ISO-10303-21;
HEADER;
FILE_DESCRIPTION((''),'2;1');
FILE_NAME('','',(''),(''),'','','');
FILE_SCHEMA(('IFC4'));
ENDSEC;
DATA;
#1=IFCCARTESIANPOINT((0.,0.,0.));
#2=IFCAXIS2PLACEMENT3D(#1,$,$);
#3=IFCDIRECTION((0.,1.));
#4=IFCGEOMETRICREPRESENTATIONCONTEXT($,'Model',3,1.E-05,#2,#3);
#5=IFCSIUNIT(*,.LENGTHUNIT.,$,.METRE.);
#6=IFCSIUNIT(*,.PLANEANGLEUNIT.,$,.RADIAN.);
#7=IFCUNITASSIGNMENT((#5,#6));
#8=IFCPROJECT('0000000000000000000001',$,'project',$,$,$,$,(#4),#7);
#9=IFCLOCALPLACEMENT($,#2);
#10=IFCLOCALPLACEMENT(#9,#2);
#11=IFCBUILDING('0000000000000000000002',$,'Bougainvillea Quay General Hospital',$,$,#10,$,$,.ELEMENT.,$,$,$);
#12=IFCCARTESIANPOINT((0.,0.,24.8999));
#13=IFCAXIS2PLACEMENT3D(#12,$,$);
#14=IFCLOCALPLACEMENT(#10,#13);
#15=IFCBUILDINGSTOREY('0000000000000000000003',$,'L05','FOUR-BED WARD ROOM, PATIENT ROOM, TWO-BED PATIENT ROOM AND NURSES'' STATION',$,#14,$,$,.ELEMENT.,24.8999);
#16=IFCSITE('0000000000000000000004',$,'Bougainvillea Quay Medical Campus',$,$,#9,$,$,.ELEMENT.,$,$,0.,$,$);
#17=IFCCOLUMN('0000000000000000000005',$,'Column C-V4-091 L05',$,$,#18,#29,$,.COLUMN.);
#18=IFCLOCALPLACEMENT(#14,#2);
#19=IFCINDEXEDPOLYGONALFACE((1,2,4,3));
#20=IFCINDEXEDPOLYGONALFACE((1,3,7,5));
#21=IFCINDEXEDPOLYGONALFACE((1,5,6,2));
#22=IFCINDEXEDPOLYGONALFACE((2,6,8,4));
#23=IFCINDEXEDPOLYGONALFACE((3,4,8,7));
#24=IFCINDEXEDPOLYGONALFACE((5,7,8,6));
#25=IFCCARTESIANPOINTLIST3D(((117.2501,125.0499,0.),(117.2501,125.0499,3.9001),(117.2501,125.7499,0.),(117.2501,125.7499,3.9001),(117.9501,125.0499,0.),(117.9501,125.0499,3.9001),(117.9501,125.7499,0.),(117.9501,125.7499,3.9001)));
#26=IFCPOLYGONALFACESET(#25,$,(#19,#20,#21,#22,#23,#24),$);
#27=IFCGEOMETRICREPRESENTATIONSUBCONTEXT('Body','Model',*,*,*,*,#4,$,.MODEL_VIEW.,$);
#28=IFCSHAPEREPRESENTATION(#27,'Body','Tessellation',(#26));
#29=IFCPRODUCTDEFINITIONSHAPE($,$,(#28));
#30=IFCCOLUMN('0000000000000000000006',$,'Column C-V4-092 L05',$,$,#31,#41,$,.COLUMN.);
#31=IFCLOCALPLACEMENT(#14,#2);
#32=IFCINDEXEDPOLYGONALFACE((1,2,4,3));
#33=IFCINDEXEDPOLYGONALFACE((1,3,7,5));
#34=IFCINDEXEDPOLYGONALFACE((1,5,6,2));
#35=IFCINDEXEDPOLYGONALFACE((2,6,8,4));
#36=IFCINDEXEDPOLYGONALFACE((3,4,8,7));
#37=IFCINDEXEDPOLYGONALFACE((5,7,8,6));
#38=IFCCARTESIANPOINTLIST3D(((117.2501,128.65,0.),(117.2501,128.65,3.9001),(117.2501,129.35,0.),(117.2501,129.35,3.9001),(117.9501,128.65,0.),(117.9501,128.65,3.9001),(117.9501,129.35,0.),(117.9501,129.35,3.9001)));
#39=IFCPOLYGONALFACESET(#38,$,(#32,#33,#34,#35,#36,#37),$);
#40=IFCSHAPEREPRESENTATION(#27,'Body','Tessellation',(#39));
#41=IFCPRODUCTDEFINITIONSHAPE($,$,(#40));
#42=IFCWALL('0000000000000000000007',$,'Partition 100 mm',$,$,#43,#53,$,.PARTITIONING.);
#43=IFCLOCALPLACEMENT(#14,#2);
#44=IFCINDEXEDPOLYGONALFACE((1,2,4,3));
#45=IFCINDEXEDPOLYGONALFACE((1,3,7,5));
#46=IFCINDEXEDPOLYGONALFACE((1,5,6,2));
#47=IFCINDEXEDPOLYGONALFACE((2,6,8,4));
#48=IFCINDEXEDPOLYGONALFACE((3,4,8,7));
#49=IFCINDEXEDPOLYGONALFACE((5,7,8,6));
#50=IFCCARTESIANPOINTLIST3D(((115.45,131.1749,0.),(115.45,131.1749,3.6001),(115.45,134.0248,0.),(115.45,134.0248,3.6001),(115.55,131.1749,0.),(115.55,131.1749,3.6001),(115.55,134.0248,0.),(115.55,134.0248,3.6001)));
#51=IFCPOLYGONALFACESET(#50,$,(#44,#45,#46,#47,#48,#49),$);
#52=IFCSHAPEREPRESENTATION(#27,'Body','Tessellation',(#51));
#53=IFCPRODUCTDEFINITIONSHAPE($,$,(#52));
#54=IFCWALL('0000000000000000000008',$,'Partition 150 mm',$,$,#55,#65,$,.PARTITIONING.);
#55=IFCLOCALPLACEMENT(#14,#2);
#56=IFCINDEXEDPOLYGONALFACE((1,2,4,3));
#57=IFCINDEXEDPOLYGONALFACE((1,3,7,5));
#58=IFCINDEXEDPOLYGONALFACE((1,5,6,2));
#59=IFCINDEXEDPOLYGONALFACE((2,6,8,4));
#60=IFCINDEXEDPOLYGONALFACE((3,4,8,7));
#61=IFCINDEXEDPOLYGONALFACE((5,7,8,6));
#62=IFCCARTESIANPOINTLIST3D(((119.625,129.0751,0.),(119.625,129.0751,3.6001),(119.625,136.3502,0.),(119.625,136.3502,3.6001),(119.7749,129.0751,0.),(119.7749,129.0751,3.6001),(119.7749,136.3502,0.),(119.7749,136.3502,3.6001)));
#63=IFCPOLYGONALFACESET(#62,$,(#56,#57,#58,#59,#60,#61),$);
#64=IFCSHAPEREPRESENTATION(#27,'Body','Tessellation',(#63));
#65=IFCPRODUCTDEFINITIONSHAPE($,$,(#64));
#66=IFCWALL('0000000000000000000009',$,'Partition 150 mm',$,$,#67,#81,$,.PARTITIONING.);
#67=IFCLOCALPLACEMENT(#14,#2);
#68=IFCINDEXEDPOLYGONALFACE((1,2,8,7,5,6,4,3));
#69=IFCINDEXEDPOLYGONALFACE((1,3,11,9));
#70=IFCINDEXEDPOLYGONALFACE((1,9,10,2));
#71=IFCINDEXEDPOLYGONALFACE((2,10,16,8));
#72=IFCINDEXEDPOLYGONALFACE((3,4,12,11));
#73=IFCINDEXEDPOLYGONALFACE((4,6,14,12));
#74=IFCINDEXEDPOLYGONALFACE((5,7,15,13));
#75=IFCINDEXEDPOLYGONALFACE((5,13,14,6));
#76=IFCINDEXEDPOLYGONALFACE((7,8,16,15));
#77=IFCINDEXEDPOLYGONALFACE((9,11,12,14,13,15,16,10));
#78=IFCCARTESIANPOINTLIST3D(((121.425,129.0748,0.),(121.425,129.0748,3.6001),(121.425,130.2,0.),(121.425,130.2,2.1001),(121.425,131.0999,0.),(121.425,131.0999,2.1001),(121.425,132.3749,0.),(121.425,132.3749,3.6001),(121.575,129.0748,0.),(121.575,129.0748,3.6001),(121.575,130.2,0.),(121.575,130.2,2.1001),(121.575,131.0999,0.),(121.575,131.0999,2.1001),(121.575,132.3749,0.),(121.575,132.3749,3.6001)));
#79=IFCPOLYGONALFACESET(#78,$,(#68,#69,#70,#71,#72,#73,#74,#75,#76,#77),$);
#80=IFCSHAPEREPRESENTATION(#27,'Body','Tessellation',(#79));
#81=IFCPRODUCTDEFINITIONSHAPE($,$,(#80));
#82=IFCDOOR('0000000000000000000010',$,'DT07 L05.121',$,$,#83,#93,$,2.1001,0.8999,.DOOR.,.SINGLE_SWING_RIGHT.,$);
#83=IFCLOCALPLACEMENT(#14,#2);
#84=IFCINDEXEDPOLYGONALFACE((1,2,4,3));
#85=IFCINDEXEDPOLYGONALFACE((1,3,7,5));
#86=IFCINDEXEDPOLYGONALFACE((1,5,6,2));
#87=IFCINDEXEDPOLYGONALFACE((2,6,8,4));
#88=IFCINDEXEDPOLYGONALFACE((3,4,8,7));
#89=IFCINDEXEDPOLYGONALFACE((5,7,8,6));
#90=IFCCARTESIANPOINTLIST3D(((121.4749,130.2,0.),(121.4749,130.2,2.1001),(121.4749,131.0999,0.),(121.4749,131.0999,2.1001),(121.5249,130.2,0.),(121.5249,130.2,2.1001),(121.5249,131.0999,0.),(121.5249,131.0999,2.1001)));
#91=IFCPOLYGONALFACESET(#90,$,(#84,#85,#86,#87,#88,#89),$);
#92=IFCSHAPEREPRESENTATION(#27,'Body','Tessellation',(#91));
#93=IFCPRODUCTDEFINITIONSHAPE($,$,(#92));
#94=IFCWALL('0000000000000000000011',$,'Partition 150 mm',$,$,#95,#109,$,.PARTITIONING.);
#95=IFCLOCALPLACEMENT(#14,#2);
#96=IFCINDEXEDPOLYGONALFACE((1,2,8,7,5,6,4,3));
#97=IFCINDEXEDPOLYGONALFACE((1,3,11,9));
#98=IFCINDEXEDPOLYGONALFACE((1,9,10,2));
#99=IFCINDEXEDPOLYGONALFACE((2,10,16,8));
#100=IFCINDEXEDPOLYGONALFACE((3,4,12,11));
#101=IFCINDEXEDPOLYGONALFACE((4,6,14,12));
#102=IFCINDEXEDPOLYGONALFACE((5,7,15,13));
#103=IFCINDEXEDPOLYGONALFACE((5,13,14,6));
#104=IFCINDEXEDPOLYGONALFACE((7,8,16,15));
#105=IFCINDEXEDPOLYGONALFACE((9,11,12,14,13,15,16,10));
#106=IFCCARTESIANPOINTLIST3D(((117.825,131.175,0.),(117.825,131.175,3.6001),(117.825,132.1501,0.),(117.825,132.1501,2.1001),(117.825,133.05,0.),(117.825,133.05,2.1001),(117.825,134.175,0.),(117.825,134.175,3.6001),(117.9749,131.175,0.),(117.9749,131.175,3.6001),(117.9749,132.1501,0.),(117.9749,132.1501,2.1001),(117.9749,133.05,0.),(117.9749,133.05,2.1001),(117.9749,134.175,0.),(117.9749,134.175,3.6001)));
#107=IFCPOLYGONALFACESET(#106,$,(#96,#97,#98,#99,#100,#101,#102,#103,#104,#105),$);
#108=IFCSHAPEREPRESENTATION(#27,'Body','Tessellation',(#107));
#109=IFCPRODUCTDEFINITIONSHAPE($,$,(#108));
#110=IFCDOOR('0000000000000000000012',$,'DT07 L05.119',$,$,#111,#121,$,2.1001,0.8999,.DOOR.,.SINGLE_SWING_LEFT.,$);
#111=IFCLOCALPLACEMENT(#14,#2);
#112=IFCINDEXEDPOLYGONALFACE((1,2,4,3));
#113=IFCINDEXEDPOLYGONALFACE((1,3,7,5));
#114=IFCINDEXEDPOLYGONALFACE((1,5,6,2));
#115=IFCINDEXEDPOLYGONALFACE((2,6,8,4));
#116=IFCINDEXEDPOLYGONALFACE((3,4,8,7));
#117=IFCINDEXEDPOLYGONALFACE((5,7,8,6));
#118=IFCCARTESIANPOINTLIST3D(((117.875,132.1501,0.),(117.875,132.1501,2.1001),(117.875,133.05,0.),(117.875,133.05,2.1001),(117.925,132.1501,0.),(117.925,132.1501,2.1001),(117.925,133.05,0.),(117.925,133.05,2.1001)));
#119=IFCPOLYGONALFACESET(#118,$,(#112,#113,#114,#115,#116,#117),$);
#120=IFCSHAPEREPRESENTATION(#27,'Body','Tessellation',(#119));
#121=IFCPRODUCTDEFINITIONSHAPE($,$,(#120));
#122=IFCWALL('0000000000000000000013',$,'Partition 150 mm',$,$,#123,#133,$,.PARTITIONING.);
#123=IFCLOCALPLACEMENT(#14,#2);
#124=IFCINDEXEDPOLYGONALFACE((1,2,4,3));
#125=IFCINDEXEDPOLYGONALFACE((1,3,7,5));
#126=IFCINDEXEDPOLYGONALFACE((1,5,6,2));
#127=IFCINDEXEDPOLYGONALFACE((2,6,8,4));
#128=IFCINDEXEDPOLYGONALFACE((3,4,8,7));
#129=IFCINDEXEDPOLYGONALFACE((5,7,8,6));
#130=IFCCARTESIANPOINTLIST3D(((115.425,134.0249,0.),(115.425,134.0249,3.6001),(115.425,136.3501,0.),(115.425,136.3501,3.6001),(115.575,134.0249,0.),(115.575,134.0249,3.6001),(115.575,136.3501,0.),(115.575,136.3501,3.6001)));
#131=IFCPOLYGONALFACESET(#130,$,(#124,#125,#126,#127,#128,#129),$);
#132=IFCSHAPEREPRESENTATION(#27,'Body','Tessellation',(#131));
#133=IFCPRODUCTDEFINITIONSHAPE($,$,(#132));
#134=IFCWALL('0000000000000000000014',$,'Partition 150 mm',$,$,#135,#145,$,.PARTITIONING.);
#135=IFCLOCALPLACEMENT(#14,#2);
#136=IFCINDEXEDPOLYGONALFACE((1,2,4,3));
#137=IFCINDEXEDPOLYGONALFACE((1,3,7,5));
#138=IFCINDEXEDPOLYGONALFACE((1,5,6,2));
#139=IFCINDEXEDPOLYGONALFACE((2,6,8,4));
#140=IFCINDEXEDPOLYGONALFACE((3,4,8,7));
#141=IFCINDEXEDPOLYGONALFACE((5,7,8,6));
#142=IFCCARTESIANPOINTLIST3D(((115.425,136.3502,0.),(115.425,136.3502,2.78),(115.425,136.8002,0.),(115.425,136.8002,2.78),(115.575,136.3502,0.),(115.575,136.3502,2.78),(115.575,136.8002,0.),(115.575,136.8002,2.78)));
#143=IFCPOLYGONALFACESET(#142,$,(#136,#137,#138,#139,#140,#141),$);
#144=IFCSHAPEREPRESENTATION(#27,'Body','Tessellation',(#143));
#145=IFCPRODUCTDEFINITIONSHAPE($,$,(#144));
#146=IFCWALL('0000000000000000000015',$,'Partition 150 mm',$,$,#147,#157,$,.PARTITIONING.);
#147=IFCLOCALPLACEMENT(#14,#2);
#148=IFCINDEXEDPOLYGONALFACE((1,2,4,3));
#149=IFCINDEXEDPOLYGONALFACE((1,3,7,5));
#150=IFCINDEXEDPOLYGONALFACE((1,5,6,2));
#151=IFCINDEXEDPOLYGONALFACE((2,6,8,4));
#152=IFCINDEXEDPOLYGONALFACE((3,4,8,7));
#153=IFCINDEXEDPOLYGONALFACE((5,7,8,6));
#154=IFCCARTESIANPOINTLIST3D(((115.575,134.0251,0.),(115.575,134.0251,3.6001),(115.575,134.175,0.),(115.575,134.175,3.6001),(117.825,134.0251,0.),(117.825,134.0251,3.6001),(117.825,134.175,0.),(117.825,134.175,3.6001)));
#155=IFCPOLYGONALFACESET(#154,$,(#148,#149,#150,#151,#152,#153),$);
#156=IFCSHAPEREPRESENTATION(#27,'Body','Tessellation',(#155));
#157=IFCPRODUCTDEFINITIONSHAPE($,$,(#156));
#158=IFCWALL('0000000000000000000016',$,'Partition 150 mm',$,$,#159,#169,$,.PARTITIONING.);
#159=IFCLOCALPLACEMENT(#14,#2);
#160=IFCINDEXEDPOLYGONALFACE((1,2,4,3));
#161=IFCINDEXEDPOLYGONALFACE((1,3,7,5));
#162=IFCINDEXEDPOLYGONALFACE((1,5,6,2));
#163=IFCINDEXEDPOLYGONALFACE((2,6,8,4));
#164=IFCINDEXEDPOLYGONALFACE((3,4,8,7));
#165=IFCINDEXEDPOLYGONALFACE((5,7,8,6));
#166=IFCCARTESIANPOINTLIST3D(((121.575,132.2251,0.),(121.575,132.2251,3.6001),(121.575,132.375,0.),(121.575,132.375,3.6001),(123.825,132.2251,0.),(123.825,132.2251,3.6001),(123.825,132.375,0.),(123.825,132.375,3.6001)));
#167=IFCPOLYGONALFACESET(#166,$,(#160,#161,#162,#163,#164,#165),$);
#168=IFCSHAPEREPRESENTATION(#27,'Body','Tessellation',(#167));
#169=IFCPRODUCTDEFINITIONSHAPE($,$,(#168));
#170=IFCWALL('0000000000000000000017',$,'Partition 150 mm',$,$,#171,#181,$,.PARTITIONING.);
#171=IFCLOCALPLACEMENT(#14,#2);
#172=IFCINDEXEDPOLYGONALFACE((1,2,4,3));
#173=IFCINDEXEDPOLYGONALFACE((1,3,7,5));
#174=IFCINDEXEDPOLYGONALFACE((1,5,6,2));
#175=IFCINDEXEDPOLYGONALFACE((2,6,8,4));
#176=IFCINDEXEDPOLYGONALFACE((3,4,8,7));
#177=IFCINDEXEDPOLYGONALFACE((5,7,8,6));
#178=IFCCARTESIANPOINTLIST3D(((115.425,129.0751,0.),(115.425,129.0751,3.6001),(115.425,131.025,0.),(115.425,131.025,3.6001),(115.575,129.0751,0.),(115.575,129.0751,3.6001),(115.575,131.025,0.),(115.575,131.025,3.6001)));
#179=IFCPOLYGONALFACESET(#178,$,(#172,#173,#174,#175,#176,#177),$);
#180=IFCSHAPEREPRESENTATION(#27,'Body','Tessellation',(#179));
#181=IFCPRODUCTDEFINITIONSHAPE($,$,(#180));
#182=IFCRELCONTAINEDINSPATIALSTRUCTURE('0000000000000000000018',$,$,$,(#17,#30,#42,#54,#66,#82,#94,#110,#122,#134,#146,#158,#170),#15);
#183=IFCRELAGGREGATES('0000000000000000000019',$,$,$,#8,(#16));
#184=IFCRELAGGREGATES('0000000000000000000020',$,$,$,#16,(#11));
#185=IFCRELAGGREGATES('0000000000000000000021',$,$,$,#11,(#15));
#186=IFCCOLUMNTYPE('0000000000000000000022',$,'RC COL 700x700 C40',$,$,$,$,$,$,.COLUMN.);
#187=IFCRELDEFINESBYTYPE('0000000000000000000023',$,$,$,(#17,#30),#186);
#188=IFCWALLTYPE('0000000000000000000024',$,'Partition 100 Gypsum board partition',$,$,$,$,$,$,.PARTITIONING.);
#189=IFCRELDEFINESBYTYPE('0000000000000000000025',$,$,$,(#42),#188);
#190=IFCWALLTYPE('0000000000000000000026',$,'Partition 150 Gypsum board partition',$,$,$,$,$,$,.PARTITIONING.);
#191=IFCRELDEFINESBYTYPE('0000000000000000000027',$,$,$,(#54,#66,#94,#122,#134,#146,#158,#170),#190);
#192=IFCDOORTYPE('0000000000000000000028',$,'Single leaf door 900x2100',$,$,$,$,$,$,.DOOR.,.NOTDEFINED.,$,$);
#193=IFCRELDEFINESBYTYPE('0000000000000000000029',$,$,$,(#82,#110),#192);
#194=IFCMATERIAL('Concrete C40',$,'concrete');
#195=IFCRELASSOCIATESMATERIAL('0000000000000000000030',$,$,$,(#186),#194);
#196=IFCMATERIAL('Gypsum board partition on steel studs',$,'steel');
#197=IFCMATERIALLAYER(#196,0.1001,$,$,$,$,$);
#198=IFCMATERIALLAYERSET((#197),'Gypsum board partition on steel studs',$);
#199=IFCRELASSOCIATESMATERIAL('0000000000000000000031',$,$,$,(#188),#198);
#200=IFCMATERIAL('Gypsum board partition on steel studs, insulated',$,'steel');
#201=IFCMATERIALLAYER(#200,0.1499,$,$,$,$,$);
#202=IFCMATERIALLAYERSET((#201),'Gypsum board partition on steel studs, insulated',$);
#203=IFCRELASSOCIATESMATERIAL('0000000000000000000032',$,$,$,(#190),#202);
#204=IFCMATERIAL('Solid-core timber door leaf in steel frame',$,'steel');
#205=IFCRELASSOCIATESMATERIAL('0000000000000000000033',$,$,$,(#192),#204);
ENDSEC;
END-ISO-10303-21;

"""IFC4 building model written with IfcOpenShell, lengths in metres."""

from ifc_helpers import new_model, si_unit, direction, frame, frame_2d, origin, origin_2d, place, context, subcontext, project, spatial, rectangle, extrude, material, layer, layer_set, material_profile, profile_set, type_object, element, fill, save


model = new_model("IFC4")

# Units and contexts
model_context = context("Model", 3, precision=1e-05, world=origin(), true_north=direction((0.0, 1.0)))
body_context = subcontext(model_context, "Body", "Model", "MODEL_VIEW")
ifc_project = project(units=[si_unit("LENGTHUNIT", "METRE"), si_unit("PLANEANGLEUNIT", "RADIAN")], contexts=[model_context])

# Site, building, storey
site_placement = place(None, origin())
site = spatial("IfcSite", under=ifc_project, at=site_placement, Name="Bougainvillea Quay Medical Campus", CompositionType="ELEMENT", RefElevation=0.0)
building_placement = place(site_placement, origin())
building = spatial("IfcBuilding", under=site, at=building_placement, Name="Bougainvillea Quay General Hospital", CompositionType="ELEMENT")
storey_placement = place(building_placement, frame((0.0, 0.0, 24.8999)))
storey = spatial("IfcBuildingStorey", under=building, at=storey_placement, Name="L05", Description="FOUR-BED WARD ROOM, PATIENT ROOM, TWO-BED PATIENT ROOM AND NURSES' STATION", CompositionType="ELEMENT", Elevation=24.8999)

# Columns
ifc_material_1 = material(Name="Concrete C40", Category="concrete")
ifc_material_profile = material_profile(ifc_material_1, rectangle(XDim=0.7, YDim=0.7, at=origin_2d()))
ifc_profile_set = profile_set([ifc_material_profile], Name="Concrete C40")
column_type = type_object("IfcColumnType", Name="RC COL 700x700 C40", PredefinedType="COLUMN", material=ifc_profile_set)
for number, where, z_axis, x_axis, name in (
    (1, (117.6001, 125.3999, 0.0), (0.0, 0.0, 1.0), (1.0, 0.0, 0.0), "Column C-V4-091 L05"),
    (2, (117.6001, 129.0, 0.0), (0.0, 0.0, 1.0), (1.0, 0.0, 0.0), "Column C-V4-092 L05"),
):
    element("IfcColumn", number, at=place(storey_placement, frame(where, z_axis=z_axis, x_axis=x_axis)), inside=storey, type_object=column_type, Name=name, PredefinedType="COLUMN", context=body_context, shape_type="SweptSolid", body=[
        extrude(rectangle(XDim=0.7, YDim=0.7, at=origin_2d()), origin(), (0.0, 0.0, 1.0), 3.9001),
    ])

# Walls
ifc_material_2 = material(Name="Gypsum board partition on steel studs", Category="steel")
ifc_layer_1 = layer(ifc_material_2, 0.1001)
ifc_layer_set_1 = layer_set([ifc_layer_1], Name="Gypsum board partition on steel studs")
wall_type_1 = type_object("IfcWallType", Name="Partition 100 Gypsum board partition", PredefinedType="PARTITIONING", material=ifc_layer_set_1)
wall_1_placement = place(storey_placement, frame((115.5, 131.175, 0.0), z_axis=(0.0, 0.0, 1.0), x_axis=(0.0, 1.0, 0.0)))
element("IfcWall", 3, at=wall_1_placement, inside=storey, type_object=wall_type_1, Name="Partition 100 mm", PredefinedType="PARTITIONING", context=body_context, shape_type="SweptSolid", body=[
    extrude(rectangle(XDim=2.8499, YDim=0.1001, at=frame_2d((1.4248, 0.0))), origin(), (0.0, 0.0, 1.0), 3.6001),
])
ifc_material_3 = material(Name="Gypsum board partition on steel studs, insulated", Category="steel")
ifc_layer_2 = layer(ifc_material_3, 0.1499)
ifc_layer_set_2 = layer_set([ifc_layer_2], Name="Gypsum board partition on steel studs, insulated")
wall_type_2 = type_object("IfcWallType", Name="Partition 150 Gypsum board partition", PredefinedType="PARTITIONING", material=ifc_layer_set_2)
wall_2_placement = place(storey_placement, frame((119.7, 129.075, 0.0), z_axis=(0.0, 0.0, 1.0), x_axis=(0.0, 1.0, 0.0)))
element("IfcWall", 4, at=wall_2_placement, inside=storey, type_object=wall_type_2, Name="Partition 150 mm", PredefinedType="PARTITIONING", context=body_context, shape_type="SweptSolid", body=[
    extrude(rectangle(XDim=7.2751, YDim=0.1499, at=frame_2d((3.6377, 0.0))), origin(), (0.0, 0.0, 1.0), 3.6001),
])

# Walls, openings, doors
wall_3_placement = place(storey_placement, frame((121.5, 129.075, 0.0), z_axis=(0.0, 0.0, 1.0), x_axis=(0.0, 1.0, 0.0)))
wall_3 = element("IfcWall", 5, at=wall_3_placement, inside=storey, type_object=wall_type_2, Name="Partition 150 mm", PredefinedType="PARTITIONING", context=body_context, shape_type="SweptSolid", body=[
    extrude(rectangle(XDim=3.3, YDim=0.1499, at=frame_2d((1.6499, 0.0))), origin(), (0.0, 0.0, 1.0), 3.6001),
])
opening_1_placement = place(wall_3_placement, frame((1.125, 0.0, 0.0)))
opening_1 = element("IfcOpeningElement", 6, at=opening_1_placement, cuts=wall_3, PredefinedType="OPENING", context=body_context, shape_type="SweptSolid", body=[
    extrude(rectangle(XDim=0.8999, YDim=2.1001, at=frame_2d((0.45, 1.05))), frame((0.0, 0.085, 0.0), z_axis=(0.0, -1.0, 0.0), x_axis=(1.0, 0.0, 0.0)), (0.0, 0.0, 1.0), 0.1699),
])
ifc_material_4 = material(Name="Solid-core timber door leaf in steel frame", Category="steel")
door_type_1 = type_object("IfcDoorType", Name="Single leaf door 900x2100", OperationType="NOTDEFINED", PredefinedType="DOOR", material=ifc_material_4)
door_1_placement = place(opening_1_placement, frame((0.8999, 0.0, 0.0), z_axis=(0.0, 0.0, 1.0), x_axis=(-1.0, 0.0, 0.0)))
door_1 = element("IfcDoor", 7, at=door_1_placement, inside=storey, type_object=door_type_1, Name="DT07 L05.121", OperationType="SINGLE_SWING_RIGHT", OverallHeight=2.1001, OverallWidth=0.8999, PredefinedType="DOOR", context=body_context, shape_type="SweptSolid", body=[
    extrude(rectangle(XDim=0.8999, YDim=2.1001, at=frame_2d((0.45, 1.05))), frame((0.0, 0.0249, 0.0), z_axis=(0.0, -1.0, 0.0), x_axis=(1.0, 0.0, 0.0)), (0.0, 0.0, 1.0), 0.05),
])
fill(opening_1, door_1)
wall_4_placement = place(storey_placement, frame((117.8999, 131.175, 0.0), z_axis=(0.0, 0.0, 1.0), x_axis=(0.0, 1.0, 0.0)))
wall_4 = element("IfcWall", 8, at=wall_4_placement, inside=storey, type_object=wall_type_2, Name="Partition 150 mm", PredefinedType="PARTITIONING", context=body_context, shape_type="SweptSolid", body=[
    extrude(rectangle(XDim=3.0, YDim=0.1499, at=frame_2d((1.5, 0.0))), origin(), (0.0, 0.0, 1.0), 3.6001),
])
opening_2_placement = place(wall_4_placement, frame((0.9751, 0.0, 0.0)))
opening_2 = element("IfcOpeningElement", 9, at=opening_2_placement, cuts=wall_4, PredefinedType="OPENING", context=body_context, shape_type="SweptSolid", body=[
    extrude(rectangle(XDim=0.8999, YDim=2.1001, at=frame_2d((0.45, 1.05))), frame((0.0, 0.085, 0.0), z_axis=(0.0, -1.0, 0.0), x_axis=(1.0, 0.0, 0.0)), (0.0, 0.0, 1.0), 0.1699),
])
door_2_placement = place(opening_2_placement, origin())
door_2 = element("IfcDoor", 10, at=door_2_placement, inside=storey, type_object=door_type_1, Name="DT07 L05.119", OperationType="SINGLE_SWING_LEFT", OverallHeight=2.1001, OverallWidth=0.8999, PredefinedType="DOOR", context=body_context, shape_type="SweptSolid", body=[
    extrude(rectangle(XDim=0.8999, YDim=2.1001, at=frame_2d((0.45, 1.05))), frame((0.0, 0.0249, 0.0), z_axis=(0.0, -1.0, 0.0), x_axis=(1.0, 0.0, 0.0)), (0.0, 0.0, 1.0), 0.05),
])
fill(opening_2, door_2)

# Walls
wall_5_placement = place(storey_placement, frame((115.5, 134.0249, 0.0), z_axis=(0.0, 0.0, 1.0), x_axis=(0.0, 1.0, 0.0)))
element("IfcWall", 11, at=wall_5_placement, inside=storey, type_object=wall_type_2, Name="Partition 150 mm", PredefinedType="PARTITIONING", context=body_context, shape_type="SweptSolid", body=[
    extrude(rectangle(XDim=2.3252, YDim=0.1499, at=frame_2d((1.1626, 0.0))), origin(), (0.0, 0.0, 1.0), 3.6001),
])
wall_6_placement = place(storey_placement, frame((115.5, 136.3501, 0.0), z_axis=(0.0, 0.0, 1.0), x_axis=(0.0, 1.0, 0.0)))
element("IfcWall", 12, at=wall_6_placement, inside=storey, type_object=wall_type_2, Name="Partition 150 mm", PredefinedType="PARTITIONING", context=body_context, shape_type="SweptSolid", body=[
    extrude(rectangle(XDim=0.45, YDim=0.1499, at=frame_2d((0.2251, 0.0))), origin(), (0.0, 0.0, 1.0), 2.78),
])
for number, where, z_axis, x_axis, name in (
    (13, (115.575, 134.1001, 0.0), (0.0, 0.0, 1.0), (1.0, 0.0, 0.0), "Partition 150 mm"),
    (14, (121.575, 132.3, 0.0), (0.0, 0.0, 1.0), (1.0, 0.0, 0.0), "Partition 150 mm"),
):
    element("IfcWall", number, at=place(storey_placement, frame(where, z_axis=z_axis, x_axis=x_axis)), inside=storey, type_object=wall_type_2, Name=name, PredefinedType="PARTITIONING", context=body_context, shape_type="SweptSolid", body=[
        extrude(rectangle(XDim=2.25, YDim=0.1499, at=frame_2d((1.125, 0.0))), origin(), (0.0, 0.0, 1.0), 3.6001),
    ])
wall_7_placement = place(storey_placement, frame((115.5, 129.075, 0.0), z_axis=(0.0, 0.0, 1.0), x_axis=(0.0, 1.0, 0.0)))
element("IfcWall", 15, at=wall_7_placement, inside=storey, type_object=wall_type_2, Name="Partition 150 mm", PredefinedType="PARTITIONING", context=body_context, shape_type="SweptSolid", body=[
    extrude(rectangle(XDim=1.95, YDim=0.1499, at=frame_2d((0.9751, 0.0))), origin(), (0.0, 0.0, 1.0), 3.6001),
])

save(model, "model.ifc")
